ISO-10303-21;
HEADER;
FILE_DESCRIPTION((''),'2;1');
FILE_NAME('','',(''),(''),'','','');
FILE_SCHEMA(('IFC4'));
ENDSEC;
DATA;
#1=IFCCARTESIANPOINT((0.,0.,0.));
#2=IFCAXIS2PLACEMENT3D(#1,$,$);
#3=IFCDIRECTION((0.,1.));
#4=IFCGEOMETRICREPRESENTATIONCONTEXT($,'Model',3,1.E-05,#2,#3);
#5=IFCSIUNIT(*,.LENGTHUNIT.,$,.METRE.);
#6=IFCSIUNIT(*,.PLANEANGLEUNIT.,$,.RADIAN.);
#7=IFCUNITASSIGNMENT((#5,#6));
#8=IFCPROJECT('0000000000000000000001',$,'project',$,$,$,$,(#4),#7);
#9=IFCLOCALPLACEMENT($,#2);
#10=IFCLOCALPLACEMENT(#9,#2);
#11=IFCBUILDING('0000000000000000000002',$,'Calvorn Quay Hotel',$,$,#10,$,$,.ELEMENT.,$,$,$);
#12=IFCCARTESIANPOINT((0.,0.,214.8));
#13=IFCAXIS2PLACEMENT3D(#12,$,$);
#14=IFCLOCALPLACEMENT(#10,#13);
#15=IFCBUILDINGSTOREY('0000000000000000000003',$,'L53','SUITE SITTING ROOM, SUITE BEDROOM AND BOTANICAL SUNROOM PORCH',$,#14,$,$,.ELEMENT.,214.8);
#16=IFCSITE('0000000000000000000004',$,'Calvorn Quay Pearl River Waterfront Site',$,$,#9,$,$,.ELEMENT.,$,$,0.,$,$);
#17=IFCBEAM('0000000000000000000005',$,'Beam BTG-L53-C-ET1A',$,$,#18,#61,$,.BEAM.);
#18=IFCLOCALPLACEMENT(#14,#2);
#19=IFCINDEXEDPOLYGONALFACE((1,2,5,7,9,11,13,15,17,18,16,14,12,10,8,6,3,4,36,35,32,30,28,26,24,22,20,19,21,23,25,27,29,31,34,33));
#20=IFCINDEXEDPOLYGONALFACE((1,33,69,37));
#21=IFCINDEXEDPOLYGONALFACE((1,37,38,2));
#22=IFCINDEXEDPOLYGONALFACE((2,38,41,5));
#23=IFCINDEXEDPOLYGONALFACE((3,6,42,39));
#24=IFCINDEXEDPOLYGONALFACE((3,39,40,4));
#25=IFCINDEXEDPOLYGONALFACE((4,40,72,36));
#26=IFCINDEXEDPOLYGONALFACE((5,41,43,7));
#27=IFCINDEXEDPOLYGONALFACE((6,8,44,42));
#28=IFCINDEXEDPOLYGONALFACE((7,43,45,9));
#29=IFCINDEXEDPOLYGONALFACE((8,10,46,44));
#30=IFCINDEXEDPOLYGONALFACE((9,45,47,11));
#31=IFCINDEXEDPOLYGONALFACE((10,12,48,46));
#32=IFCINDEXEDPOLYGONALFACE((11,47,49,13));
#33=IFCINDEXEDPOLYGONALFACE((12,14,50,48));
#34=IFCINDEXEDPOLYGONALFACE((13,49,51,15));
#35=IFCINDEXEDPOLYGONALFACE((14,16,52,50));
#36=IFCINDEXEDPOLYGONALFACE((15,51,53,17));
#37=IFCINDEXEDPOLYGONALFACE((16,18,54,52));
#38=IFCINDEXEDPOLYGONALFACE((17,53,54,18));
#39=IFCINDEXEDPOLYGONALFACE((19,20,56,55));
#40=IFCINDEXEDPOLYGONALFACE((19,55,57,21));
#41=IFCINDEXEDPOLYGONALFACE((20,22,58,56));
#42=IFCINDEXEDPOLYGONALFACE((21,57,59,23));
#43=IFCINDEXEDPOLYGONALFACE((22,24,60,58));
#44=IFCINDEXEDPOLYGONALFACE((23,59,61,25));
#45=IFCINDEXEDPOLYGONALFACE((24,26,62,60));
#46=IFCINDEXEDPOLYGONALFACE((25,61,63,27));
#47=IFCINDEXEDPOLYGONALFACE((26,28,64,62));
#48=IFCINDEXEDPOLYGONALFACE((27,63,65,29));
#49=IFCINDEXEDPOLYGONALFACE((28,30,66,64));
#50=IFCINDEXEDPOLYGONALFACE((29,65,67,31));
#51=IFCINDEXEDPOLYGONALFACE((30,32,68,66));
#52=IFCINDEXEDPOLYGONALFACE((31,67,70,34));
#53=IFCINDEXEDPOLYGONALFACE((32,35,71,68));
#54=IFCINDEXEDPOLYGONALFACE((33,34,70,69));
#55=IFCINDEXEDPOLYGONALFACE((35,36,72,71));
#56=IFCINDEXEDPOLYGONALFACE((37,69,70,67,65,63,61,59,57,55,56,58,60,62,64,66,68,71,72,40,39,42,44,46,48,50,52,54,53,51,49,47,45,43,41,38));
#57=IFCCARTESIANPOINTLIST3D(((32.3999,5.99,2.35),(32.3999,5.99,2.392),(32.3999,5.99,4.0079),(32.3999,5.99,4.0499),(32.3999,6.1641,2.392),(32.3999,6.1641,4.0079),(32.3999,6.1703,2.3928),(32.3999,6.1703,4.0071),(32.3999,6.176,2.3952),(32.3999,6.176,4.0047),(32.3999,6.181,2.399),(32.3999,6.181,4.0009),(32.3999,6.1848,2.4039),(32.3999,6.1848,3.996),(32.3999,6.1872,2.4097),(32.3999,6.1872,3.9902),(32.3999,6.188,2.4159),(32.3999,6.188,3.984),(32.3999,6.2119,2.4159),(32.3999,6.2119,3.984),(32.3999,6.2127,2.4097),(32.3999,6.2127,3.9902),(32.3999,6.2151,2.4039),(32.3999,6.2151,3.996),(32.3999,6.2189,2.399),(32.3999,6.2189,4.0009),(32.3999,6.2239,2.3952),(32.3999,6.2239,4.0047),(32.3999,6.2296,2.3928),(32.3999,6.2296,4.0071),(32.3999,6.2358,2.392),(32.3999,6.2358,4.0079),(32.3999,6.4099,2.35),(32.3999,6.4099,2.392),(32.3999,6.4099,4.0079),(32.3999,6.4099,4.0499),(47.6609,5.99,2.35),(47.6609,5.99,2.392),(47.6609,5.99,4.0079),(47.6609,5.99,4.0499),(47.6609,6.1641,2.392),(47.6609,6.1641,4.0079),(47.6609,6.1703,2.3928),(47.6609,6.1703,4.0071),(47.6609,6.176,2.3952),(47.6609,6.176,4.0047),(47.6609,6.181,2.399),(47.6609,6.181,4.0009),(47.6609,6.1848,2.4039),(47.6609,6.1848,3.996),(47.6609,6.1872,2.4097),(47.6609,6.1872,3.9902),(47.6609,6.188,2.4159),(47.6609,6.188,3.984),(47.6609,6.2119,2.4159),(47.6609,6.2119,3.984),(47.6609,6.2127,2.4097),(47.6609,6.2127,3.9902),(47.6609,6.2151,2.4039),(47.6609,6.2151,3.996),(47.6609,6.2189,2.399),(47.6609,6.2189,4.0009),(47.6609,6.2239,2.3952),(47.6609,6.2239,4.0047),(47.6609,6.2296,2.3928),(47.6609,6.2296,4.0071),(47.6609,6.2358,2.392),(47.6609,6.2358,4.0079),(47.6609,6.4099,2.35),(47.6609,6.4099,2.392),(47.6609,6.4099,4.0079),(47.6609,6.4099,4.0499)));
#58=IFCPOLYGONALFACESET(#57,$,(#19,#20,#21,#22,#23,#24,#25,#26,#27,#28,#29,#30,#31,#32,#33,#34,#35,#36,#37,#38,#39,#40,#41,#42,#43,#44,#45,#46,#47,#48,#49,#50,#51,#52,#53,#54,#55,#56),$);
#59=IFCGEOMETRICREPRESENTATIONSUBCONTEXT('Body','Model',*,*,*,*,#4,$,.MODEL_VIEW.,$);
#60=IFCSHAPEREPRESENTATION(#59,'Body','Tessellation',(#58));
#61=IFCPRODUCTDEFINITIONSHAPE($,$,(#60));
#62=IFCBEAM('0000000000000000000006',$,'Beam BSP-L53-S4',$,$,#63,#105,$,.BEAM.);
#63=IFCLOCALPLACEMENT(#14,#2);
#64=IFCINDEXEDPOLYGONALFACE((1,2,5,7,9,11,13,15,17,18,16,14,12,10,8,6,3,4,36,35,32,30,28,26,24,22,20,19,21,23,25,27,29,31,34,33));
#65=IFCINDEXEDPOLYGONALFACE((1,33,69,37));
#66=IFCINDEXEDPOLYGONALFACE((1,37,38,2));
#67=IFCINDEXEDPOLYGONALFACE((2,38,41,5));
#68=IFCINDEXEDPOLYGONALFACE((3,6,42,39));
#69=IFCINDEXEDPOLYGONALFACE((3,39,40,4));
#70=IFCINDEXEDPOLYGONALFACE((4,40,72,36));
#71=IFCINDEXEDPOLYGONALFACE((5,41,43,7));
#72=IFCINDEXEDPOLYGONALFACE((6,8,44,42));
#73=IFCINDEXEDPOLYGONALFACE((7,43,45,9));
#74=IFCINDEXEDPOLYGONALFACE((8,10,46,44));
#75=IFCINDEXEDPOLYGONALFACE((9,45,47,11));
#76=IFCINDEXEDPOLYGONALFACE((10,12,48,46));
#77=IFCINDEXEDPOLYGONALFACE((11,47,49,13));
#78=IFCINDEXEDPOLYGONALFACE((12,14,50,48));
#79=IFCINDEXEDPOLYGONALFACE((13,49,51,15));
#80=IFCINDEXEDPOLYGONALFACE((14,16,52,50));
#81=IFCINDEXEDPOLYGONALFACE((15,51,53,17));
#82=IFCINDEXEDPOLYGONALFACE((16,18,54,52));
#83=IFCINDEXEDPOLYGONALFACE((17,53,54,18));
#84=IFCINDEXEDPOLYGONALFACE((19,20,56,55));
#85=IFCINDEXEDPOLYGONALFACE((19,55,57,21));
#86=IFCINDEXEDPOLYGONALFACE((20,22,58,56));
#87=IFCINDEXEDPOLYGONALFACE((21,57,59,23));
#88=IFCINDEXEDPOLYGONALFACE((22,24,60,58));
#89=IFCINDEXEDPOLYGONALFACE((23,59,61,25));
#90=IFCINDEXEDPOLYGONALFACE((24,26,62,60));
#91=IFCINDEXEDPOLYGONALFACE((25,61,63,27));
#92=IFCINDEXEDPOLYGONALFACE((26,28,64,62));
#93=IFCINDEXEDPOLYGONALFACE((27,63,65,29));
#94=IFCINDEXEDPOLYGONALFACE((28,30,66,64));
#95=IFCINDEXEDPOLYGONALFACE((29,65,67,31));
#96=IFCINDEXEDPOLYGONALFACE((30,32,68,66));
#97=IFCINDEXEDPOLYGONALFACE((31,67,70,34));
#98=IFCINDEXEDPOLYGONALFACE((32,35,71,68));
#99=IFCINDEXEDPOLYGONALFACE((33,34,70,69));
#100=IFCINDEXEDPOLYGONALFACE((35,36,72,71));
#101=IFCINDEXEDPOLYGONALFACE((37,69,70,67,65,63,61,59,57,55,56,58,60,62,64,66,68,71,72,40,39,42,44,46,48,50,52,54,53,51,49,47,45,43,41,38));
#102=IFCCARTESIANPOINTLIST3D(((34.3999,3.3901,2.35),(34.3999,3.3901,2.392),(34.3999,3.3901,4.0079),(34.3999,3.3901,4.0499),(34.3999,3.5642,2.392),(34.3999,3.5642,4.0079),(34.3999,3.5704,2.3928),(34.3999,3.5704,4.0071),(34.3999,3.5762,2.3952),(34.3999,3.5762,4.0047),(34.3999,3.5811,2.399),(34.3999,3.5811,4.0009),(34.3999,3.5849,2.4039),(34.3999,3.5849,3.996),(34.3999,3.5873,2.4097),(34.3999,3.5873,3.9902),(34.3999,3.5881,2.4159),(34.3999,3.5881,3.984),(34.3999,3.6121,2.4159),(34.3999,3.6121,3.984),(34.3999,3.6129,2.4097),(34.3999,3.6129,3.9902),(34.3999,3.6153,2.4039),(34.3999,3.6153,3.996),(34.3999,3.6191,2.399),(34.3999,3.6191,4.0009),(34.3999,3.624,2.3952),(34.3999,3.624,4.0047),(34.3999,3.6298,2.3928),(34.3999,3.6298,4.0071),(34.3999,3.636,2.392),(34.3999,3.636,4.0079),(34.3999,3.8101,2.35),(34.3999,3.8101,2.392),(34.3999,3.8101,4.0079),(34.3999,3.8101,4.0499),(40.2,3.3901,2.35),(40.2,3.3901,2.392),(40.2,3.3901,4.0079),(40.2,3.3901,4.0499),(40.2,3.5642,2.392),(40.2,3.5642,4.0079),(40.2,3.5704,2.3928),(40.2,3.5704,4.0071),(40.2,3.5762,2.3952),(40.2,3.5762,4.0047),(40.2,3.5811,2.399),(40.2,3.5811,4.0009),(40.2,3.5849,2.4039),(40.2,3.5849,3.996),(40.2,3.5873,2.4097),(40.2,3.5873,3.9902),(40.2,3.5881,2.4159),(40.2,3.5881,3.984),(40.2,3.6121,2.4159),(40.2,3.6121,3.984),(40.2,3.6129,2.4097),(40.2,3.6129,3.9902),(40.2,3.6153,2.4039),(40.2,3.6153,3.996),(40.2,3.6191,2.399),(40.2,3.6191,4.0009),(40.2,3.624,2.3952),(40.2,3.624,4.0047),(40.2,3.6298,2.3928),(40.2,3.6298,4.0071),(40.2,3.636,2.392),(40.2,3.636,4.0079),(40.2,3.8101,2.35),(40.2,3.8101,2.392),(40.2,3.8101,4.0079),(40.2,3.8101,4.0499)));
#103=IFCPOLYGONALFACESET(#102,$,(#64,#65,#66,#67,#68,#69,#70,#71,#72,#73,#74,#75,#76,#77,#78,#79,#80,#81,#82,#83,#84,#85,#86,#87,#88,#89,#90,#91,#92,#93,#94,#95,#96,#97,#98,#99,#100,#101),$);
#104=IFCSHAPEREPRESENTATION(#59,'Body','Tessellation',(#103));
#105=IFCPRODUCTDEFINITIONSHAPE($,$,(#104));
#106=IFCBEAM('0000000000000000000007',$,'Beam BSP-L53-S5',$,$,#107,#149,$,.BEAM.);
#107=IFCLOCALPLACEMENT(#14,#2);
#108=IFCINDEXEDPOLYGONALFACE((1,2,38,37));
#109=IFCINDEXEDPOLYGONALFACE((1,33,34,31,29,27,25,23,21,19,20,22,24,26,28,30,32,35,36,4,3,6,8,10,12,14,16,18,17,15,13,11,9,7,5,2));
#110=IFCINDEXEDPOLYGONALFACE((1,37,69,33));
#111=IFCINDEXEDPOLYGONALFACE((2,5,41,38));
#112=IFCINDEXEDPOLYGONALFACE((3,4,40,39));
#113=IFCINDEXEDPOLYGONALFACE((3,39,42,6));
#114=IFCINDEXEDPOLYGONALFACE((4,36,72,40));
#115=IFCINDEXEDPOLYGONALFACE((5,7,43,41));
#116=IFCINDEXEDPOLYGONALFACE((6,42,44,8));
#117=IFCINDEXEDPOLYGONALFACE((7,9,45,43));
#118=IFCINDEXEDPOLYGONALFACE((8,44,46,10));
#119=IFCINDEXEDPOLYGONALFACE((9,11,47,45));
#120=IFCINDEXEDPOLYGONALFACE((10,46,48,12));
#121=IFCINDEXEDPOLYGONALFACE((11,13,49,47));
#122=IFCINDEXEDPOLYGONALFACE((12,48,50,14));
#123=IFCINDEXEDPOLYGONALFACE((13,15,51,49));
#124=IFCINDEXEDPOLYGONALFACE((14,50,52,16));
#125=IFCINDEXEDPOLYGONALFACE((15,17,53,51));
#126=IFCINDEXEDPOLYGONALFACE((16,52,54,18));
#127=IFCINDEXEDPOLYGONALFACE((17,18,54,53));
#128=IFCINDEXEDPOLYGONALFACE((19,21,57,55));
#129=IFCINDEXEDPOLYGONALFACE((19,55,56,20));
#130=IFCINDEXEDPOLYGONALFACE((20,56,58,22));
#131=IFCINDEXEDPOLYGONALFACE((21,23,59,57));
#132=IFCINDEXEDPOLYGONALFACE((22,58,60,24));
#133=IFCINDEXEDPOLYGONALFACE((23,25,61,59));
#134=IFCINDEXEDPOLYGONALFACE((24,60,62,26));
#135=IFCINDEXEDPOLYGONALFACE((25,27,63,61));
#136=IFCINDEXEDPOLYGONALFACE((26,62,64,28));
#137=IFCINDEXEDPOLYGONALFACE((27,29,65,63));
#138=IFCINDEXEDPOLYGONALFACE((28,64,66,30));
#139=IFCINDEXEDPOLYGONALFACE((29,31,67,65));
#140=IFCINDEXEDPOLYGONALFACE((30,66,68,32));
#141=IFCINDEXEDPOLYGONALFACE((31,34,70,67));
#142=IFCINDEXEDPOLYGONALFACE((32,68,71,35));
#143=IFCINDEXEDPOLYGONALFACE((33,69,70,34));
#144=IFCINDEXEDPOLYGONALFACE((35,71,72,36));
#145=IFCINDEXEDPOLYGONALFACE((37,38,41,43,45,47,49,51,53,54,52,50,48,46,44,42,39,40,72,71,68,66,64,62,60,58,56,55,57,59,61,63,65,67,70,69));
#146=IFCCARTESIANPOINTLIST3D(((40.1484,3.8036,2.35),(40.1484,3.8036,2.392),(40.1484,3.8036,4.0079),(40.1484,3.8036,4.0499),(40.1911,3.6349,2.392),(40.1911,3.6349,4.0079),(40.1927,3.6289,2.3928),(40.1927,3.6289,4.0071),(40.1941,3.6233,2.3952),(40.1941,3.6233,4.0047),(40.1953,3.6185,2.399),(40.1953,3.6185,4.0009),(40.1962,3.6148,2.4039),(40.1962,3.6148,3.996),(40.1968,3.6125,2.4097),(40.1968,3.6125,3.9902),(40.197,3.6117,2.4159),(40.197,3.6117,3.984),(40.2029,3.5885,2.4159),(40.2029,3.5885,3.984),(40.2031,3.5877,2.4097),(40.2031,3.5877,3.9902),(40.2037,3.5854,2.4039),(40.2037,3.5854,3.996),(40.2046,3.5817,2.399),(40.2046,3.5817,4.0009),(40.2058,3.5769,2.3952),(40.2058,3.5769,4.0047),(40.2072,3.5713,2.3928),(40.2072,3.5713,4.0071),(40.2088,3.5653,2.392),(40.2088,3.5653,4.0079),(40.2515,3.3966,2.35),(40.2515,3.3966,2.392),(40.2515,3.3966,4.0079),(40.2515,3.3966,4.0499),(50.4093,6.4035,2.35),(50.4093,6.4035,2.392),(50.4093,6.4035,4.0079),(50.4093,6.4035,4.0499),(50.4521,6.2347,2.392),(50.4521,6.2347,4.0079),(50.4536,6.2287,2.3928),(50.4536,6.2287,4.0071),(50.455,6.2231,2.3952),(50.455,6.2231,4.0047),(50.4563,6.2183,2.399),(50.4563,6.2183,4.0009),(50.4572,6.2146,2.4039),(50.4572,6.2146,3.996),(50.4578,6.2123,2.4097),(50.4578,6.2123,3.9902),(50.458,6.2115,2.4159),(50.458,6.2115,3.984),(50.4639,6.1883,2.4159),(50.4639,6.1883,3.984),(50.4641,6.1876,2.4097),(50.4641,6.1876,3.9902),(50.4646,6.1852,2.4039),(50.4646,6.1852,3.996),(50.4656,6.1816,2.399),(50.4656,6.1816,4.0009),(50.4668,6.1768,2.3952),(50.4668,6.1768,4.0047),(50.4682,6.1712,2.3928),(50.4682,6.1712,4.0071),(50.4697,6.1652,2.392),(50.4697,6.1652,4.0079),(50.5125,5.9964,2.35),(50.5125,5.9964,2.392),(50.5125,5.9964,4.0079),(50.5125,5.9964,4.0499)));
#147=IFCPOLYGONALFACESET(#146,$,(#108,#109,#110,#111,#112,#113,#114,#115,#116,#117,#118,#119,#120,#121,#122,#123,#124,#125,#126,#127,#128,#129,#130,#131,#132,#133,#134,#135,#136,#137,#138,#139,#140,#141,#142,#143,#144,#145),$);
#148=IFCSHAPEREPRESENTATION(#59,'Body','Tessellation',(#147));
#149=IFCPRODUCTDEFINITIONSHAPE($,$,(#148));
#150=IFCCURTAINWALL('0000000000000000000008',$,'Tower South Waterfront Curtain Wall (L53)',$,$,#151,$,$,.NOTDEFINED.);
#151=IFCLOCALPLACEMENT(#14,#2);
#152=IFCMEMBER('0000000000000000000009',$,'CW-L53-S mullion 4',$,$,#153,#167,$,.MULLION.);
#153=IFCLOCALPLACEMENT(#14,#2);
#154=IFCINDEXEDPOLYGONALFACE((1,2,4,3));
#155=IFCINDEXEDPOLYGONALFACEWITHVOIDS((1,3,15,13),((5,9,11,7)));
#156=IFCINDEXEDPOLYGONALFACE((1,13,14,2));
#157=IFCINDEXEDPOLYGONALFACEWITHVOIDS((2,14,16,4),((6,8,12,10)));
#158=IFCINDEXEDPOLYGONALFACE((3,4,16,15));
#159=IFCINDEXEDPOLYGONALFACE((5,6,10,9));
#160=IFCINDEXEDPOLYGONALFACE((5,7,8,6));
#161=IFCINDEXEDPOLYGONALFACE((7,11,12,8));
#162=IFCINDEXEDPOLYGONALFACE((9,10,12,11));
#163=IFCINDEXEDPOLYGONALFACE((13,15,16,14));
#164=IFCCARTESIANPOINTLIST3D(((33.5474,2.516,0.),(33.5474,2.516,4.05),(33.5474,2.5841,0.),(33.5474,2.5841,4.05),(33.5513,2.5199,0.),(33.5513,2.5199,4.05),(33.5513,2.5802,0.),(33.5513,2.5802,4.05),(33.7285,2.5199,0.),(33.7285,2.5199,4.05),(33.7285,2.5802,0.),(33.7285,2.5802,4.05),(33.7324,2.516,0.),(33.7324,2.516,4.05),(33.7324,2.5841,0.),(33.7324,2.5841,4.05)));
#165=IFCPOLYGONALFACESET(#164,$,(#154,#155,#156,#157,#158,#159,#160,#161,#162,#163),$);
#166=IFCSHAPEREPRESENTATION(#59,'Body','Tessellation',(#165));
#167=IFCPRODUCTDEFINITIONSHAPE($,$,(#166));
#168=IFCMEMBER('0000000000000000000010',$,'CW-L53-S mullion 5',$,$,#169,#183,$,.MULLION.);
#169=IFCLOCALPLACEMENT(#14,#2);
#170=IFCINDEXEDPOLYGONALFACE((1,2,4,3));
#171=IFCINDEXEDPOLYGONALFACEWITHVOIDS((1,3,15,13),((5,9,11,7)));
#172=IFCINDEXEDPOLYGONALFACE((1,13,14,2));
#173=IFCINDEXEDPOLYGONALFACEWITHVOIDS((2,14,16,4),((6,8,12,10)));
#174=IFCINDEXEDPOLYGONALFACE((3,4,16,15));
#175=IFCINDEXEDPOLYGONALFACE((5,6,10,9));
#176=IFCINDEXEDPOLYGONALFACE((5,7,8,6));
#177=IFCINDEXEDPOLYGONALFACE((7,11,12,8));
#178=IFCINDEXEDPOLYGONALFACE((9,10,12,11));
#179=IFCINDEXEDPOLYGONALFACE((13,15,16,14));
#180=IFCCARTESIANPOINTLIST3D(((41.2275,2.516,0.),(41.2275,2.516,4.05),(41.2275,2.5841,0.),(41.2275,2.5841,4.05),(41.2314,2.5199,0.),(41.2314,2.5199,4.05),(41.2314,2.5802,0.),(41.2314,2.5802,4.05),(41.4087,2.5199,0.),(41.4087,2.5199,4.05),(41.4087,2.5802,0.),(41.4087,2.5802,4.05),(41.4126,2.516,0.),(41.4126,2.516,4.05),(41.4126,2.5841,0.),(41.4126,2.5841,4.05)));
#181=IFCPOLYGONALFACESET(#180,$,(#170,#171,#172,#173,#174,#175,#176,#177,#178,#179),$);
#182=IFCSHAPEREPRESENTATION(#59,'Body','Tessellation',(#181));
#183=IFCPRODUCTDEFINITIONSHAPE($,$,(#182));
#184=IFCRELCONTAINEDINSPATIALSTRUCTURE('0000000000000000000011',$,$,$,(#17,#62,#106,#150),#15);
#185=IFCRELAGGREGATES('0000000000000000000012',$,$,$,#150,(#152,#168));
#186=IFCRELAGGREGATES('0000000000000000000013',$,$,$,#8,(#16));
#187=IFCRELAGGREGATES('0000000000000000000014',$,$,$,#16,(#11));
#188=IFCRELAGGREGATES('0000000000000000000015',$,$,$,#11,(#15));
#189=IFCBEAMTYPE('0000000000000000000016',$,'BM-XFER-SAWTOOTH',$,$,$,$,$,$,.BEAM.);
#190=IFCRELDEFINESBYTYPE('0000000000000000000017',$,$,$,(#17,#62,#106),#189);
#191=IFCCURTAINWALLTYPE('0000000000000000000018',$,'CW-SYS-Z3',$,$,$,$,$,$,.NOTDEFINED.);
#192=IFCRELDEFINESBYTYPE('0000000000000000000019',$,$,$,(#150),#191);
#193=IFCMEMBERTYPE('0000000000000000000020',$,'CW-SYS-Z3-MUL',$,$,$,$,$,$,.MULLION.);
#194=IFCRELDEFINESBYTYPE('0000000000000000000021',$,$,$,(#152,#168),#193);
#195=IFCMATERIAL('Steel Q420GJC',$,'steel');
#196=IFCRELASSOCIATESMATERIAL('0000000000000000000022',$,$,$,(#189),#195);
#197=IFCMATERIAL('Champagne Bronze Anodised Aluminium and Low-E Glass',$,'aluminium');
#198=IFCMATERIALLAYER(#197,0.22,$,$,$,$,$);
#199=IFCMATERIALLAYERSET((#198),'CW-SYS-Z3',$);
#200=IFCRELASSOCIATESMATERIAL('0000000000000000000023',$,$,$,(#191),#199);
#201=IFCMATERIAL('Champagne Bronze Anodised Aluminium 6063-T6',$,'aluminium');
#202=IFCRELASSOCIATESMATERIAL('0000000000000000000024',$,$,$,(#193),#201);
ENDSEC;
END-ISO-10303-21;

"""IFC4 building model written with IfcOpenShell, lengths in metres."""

from ifc_helpers import new_model, si_unit, direction, frame, origin, origin_2d, place, context, subcontext, project, spatial, hollow_rectangle, i_section, extrude, material, layer, layer_set, material_profile, profile_set, type_object, element, aggregate, save


model = new_model("IFC4")

# Units and contexts
model_context = context("Model", 3, precision=1e-05, world=origin(), true_north=direction((0.0, 1.0)))
body_context = subcontext(model_context, "Body", "Model", "MODEL_VIEW")
ifc_project = project(units=[si_unit("LENGTHUNIT", "METRE"), si_unit("PLANEANGLEUNIT", "RADIAN")], contexts=[model_context])

# Site, building, storey
site_placement = place(None, origin())
site = spatial("IfcSite", under=ifc_project, at=site_placement, Name="Calvorn Quay Pearl River Waterfront Site", CompositionType="ELEMENT", RefElevation=0.0)
building_placement = place(site_placement, origin())
building = spatial("IfcBuilding", under=site, at=building_placement, Name="Calvorn Quay Hotel", CompositionType="ELEMENT")
storey_placement = place(building_placement, frame((0.0, 0.0, 214.8)))
storey = spatial("IfcBuildingStorey", under=building, at=storey_placement, Name="L53", Description="SUITE SITTING ROOM, SUITE BEDROOM AND BOTANICAL SUNROOM PORCH", CompositionType="ELEMENT", Elevation=214.8)

# Beams
ifc_material_1 = material(Name="Steel Q420GJC", Category="steel")
ifc_material_profile_1 = material_profile(ifc_material_1, i_section(OverallWidth=0.4199, OverallDepth=1.7, WebThickness=0.0239, FlangeThickness=0.042, FilletRadius=0.0239, at=origin_2d()), Name="HN1700x420x24x42")
ifc_profile_set_1 = profile_set([ifc_material_profile_1], Name="Steel Q420GJC")
beam_type_1 = type_object("IfcBeamType", Name="BM-XFER-SAWTOOTH", PredefinedType="BEAM", material=ifc_profile_set_1)
beam_1_placement = place(storey_placement, frame((32.3999, 6.2, 3.2), z_axis=(1.0, 0.0, 0.0), x_axis=(0.0, 1.0, 0.0)))
element("IfcBeam", 1, at=beam_1_placement, inside=storey, type_object=beam_type_1, Name="Beam BTG-L53-C-ET1A", PredefinedType="BEAM", context=body_context, shape_type="SweptSolid", body=[
    extrude(i_section(OverallWidth=0.4199, OverallDepth=1.7, WebThickness=0.0239, FlangeThickness=0.042, FilletRadius=0.0239, at=origin_2d()), origin(), (0.0, 0.0, 1.0), 15.261),
])
beam_2_placement = place(storey_placement, frame((34.3999, 3.6001, 3.2), z_axis=(1.0, 0.0, 0.0), x_axis=(0.0, 1.0, 0.0)))
element("IfcBeam", 2, at=beam_2_placement, inside=storey, type_object=beam_type_1, Name="Beam BSP-L53-S4", PredefinedType="BEAM", context=body_context, shape_type="SweptSolid", body=[
    extrude(i_section(OverallWidth=0.4199, OverallDepth=1.7, WebThickness=0.0239, FlangeThickness=0.042, FilletRadius=0.0239, at=origin_2d()), origin(), (0.0, 0.0, 1.0), 5.8),
])
beam_3_placement = place(storey_placement, frame((40.2, 3.6001, 3.2), z_axis=(0.969368, 0.245611, 0.0), x_axis=(-0.245611, 0.969368, 0.0)))
element("IfcBeam", 3, at=beam_3_placement, inside=storey, type_object=beam_type_1, Name="Beam BSP-L53-S5", PredefinedType="BEAM", context=body_context, shape_type="SweptSolid", body=[
    extrude(i_section(OverallWidth=0.4199, OverallDepth=1.7, WebThickness=0.0239, FlangeThickness=0.042, FilletRadius=0.0239, at=origin_2d()), origin(), (0.0, 0.0, 1.0), 10.5852),
])

# Curtain wall, members
ifc_material_2 = material(Name="Champagne Bronze Anodised Aluminium and Low-E Glass", Category="aluminium")
ifc_layer_1 = layer(ifc_material_2, 0.22)
ifc_layer_set_1 = layer_set([ifc_layer_1], Name="CW-SYS-Z3")
curtain_wall_type = type_object("IfcCurtainWallType", Name="CW-SYS-Z3", PredefinedType="NOTDEFINED", material=ifc_layer_set_1)
curtain_wall_placement = place(storey_placement, origin())
curtain_wall = element("IfcCurtainWall", 4, at=curtain_wall_placement, inside=storey, type_object=curtain_wall_type, Name="Tower South Waterfront Curtain Wall (L53)", PredefinedType="NOTDEFINED")
ifc_material_3 = material(Name="Champagne Bronze Anodised Aluminium 6063-T6", Category="aluminium")
ifc_material_profile_2 = material_profile(ifc_material_3, hollow_rectangle(XDim=0.0681, YDim=0.1851, WallThickness=0.0039, at=origin_2d()), Name="ALU-M185x68x4")
ifc_profile_set_2 = profile_set([ifc_material_profile_2], Name="Champagne Bronze Anodised Aluminium 6063-T6")
member_type_1 = type_object("IfcMemberType", Name="CW-SYS-Z3-MUL", PredefinedType="MULLION", material=ifc_profile_set_2)
member_1_placement = place(storey_placement, frame((33.6399, 2.55, 0.0), z_axis=(0.0, 0.0, 1.0), x_axis=(0.0, 1.0, 0.0)))
member_1 = element("IfcMember", 5, at=member_1_placement, type_object=member_type_1, Name="CW-L53-S mullion 4", PredefinedType="MULLION", context=body_context, shape_type="SweptSolid", body=[
    extrude(hollow_rectangle(XDim=0.0681, YDim=0.1851, WallThickness=0.0039, at=origin_2d()), origin(), (0.0, 0.0, 1.0), 4.05),
])
member_2_placement = place(storey_placement, frame((41.3201, 2.55, 0.0), z_axis=(0.0, 0.0, 1.0), x_axis=(0.0, 1.0, 0.0)))
member_2 = element("IfcMember", 6, at=member_2_placement, type_object=member_type_1, Name="CW-L53-S mullion 5", PredefinedType="MULLION", context=body_context, shape_type="SweptSolid", body=[
    extrude(hollow_rectangle(XDim=0.0681, YDim=0.1851, WallThickness=0.0039, at=origin_2d()), origin(), (0.0, 0.0, 1.0), 4.05),
])
aggregate(curtain_wall, [member_1, member_2])

save(model, "model.ifc")
